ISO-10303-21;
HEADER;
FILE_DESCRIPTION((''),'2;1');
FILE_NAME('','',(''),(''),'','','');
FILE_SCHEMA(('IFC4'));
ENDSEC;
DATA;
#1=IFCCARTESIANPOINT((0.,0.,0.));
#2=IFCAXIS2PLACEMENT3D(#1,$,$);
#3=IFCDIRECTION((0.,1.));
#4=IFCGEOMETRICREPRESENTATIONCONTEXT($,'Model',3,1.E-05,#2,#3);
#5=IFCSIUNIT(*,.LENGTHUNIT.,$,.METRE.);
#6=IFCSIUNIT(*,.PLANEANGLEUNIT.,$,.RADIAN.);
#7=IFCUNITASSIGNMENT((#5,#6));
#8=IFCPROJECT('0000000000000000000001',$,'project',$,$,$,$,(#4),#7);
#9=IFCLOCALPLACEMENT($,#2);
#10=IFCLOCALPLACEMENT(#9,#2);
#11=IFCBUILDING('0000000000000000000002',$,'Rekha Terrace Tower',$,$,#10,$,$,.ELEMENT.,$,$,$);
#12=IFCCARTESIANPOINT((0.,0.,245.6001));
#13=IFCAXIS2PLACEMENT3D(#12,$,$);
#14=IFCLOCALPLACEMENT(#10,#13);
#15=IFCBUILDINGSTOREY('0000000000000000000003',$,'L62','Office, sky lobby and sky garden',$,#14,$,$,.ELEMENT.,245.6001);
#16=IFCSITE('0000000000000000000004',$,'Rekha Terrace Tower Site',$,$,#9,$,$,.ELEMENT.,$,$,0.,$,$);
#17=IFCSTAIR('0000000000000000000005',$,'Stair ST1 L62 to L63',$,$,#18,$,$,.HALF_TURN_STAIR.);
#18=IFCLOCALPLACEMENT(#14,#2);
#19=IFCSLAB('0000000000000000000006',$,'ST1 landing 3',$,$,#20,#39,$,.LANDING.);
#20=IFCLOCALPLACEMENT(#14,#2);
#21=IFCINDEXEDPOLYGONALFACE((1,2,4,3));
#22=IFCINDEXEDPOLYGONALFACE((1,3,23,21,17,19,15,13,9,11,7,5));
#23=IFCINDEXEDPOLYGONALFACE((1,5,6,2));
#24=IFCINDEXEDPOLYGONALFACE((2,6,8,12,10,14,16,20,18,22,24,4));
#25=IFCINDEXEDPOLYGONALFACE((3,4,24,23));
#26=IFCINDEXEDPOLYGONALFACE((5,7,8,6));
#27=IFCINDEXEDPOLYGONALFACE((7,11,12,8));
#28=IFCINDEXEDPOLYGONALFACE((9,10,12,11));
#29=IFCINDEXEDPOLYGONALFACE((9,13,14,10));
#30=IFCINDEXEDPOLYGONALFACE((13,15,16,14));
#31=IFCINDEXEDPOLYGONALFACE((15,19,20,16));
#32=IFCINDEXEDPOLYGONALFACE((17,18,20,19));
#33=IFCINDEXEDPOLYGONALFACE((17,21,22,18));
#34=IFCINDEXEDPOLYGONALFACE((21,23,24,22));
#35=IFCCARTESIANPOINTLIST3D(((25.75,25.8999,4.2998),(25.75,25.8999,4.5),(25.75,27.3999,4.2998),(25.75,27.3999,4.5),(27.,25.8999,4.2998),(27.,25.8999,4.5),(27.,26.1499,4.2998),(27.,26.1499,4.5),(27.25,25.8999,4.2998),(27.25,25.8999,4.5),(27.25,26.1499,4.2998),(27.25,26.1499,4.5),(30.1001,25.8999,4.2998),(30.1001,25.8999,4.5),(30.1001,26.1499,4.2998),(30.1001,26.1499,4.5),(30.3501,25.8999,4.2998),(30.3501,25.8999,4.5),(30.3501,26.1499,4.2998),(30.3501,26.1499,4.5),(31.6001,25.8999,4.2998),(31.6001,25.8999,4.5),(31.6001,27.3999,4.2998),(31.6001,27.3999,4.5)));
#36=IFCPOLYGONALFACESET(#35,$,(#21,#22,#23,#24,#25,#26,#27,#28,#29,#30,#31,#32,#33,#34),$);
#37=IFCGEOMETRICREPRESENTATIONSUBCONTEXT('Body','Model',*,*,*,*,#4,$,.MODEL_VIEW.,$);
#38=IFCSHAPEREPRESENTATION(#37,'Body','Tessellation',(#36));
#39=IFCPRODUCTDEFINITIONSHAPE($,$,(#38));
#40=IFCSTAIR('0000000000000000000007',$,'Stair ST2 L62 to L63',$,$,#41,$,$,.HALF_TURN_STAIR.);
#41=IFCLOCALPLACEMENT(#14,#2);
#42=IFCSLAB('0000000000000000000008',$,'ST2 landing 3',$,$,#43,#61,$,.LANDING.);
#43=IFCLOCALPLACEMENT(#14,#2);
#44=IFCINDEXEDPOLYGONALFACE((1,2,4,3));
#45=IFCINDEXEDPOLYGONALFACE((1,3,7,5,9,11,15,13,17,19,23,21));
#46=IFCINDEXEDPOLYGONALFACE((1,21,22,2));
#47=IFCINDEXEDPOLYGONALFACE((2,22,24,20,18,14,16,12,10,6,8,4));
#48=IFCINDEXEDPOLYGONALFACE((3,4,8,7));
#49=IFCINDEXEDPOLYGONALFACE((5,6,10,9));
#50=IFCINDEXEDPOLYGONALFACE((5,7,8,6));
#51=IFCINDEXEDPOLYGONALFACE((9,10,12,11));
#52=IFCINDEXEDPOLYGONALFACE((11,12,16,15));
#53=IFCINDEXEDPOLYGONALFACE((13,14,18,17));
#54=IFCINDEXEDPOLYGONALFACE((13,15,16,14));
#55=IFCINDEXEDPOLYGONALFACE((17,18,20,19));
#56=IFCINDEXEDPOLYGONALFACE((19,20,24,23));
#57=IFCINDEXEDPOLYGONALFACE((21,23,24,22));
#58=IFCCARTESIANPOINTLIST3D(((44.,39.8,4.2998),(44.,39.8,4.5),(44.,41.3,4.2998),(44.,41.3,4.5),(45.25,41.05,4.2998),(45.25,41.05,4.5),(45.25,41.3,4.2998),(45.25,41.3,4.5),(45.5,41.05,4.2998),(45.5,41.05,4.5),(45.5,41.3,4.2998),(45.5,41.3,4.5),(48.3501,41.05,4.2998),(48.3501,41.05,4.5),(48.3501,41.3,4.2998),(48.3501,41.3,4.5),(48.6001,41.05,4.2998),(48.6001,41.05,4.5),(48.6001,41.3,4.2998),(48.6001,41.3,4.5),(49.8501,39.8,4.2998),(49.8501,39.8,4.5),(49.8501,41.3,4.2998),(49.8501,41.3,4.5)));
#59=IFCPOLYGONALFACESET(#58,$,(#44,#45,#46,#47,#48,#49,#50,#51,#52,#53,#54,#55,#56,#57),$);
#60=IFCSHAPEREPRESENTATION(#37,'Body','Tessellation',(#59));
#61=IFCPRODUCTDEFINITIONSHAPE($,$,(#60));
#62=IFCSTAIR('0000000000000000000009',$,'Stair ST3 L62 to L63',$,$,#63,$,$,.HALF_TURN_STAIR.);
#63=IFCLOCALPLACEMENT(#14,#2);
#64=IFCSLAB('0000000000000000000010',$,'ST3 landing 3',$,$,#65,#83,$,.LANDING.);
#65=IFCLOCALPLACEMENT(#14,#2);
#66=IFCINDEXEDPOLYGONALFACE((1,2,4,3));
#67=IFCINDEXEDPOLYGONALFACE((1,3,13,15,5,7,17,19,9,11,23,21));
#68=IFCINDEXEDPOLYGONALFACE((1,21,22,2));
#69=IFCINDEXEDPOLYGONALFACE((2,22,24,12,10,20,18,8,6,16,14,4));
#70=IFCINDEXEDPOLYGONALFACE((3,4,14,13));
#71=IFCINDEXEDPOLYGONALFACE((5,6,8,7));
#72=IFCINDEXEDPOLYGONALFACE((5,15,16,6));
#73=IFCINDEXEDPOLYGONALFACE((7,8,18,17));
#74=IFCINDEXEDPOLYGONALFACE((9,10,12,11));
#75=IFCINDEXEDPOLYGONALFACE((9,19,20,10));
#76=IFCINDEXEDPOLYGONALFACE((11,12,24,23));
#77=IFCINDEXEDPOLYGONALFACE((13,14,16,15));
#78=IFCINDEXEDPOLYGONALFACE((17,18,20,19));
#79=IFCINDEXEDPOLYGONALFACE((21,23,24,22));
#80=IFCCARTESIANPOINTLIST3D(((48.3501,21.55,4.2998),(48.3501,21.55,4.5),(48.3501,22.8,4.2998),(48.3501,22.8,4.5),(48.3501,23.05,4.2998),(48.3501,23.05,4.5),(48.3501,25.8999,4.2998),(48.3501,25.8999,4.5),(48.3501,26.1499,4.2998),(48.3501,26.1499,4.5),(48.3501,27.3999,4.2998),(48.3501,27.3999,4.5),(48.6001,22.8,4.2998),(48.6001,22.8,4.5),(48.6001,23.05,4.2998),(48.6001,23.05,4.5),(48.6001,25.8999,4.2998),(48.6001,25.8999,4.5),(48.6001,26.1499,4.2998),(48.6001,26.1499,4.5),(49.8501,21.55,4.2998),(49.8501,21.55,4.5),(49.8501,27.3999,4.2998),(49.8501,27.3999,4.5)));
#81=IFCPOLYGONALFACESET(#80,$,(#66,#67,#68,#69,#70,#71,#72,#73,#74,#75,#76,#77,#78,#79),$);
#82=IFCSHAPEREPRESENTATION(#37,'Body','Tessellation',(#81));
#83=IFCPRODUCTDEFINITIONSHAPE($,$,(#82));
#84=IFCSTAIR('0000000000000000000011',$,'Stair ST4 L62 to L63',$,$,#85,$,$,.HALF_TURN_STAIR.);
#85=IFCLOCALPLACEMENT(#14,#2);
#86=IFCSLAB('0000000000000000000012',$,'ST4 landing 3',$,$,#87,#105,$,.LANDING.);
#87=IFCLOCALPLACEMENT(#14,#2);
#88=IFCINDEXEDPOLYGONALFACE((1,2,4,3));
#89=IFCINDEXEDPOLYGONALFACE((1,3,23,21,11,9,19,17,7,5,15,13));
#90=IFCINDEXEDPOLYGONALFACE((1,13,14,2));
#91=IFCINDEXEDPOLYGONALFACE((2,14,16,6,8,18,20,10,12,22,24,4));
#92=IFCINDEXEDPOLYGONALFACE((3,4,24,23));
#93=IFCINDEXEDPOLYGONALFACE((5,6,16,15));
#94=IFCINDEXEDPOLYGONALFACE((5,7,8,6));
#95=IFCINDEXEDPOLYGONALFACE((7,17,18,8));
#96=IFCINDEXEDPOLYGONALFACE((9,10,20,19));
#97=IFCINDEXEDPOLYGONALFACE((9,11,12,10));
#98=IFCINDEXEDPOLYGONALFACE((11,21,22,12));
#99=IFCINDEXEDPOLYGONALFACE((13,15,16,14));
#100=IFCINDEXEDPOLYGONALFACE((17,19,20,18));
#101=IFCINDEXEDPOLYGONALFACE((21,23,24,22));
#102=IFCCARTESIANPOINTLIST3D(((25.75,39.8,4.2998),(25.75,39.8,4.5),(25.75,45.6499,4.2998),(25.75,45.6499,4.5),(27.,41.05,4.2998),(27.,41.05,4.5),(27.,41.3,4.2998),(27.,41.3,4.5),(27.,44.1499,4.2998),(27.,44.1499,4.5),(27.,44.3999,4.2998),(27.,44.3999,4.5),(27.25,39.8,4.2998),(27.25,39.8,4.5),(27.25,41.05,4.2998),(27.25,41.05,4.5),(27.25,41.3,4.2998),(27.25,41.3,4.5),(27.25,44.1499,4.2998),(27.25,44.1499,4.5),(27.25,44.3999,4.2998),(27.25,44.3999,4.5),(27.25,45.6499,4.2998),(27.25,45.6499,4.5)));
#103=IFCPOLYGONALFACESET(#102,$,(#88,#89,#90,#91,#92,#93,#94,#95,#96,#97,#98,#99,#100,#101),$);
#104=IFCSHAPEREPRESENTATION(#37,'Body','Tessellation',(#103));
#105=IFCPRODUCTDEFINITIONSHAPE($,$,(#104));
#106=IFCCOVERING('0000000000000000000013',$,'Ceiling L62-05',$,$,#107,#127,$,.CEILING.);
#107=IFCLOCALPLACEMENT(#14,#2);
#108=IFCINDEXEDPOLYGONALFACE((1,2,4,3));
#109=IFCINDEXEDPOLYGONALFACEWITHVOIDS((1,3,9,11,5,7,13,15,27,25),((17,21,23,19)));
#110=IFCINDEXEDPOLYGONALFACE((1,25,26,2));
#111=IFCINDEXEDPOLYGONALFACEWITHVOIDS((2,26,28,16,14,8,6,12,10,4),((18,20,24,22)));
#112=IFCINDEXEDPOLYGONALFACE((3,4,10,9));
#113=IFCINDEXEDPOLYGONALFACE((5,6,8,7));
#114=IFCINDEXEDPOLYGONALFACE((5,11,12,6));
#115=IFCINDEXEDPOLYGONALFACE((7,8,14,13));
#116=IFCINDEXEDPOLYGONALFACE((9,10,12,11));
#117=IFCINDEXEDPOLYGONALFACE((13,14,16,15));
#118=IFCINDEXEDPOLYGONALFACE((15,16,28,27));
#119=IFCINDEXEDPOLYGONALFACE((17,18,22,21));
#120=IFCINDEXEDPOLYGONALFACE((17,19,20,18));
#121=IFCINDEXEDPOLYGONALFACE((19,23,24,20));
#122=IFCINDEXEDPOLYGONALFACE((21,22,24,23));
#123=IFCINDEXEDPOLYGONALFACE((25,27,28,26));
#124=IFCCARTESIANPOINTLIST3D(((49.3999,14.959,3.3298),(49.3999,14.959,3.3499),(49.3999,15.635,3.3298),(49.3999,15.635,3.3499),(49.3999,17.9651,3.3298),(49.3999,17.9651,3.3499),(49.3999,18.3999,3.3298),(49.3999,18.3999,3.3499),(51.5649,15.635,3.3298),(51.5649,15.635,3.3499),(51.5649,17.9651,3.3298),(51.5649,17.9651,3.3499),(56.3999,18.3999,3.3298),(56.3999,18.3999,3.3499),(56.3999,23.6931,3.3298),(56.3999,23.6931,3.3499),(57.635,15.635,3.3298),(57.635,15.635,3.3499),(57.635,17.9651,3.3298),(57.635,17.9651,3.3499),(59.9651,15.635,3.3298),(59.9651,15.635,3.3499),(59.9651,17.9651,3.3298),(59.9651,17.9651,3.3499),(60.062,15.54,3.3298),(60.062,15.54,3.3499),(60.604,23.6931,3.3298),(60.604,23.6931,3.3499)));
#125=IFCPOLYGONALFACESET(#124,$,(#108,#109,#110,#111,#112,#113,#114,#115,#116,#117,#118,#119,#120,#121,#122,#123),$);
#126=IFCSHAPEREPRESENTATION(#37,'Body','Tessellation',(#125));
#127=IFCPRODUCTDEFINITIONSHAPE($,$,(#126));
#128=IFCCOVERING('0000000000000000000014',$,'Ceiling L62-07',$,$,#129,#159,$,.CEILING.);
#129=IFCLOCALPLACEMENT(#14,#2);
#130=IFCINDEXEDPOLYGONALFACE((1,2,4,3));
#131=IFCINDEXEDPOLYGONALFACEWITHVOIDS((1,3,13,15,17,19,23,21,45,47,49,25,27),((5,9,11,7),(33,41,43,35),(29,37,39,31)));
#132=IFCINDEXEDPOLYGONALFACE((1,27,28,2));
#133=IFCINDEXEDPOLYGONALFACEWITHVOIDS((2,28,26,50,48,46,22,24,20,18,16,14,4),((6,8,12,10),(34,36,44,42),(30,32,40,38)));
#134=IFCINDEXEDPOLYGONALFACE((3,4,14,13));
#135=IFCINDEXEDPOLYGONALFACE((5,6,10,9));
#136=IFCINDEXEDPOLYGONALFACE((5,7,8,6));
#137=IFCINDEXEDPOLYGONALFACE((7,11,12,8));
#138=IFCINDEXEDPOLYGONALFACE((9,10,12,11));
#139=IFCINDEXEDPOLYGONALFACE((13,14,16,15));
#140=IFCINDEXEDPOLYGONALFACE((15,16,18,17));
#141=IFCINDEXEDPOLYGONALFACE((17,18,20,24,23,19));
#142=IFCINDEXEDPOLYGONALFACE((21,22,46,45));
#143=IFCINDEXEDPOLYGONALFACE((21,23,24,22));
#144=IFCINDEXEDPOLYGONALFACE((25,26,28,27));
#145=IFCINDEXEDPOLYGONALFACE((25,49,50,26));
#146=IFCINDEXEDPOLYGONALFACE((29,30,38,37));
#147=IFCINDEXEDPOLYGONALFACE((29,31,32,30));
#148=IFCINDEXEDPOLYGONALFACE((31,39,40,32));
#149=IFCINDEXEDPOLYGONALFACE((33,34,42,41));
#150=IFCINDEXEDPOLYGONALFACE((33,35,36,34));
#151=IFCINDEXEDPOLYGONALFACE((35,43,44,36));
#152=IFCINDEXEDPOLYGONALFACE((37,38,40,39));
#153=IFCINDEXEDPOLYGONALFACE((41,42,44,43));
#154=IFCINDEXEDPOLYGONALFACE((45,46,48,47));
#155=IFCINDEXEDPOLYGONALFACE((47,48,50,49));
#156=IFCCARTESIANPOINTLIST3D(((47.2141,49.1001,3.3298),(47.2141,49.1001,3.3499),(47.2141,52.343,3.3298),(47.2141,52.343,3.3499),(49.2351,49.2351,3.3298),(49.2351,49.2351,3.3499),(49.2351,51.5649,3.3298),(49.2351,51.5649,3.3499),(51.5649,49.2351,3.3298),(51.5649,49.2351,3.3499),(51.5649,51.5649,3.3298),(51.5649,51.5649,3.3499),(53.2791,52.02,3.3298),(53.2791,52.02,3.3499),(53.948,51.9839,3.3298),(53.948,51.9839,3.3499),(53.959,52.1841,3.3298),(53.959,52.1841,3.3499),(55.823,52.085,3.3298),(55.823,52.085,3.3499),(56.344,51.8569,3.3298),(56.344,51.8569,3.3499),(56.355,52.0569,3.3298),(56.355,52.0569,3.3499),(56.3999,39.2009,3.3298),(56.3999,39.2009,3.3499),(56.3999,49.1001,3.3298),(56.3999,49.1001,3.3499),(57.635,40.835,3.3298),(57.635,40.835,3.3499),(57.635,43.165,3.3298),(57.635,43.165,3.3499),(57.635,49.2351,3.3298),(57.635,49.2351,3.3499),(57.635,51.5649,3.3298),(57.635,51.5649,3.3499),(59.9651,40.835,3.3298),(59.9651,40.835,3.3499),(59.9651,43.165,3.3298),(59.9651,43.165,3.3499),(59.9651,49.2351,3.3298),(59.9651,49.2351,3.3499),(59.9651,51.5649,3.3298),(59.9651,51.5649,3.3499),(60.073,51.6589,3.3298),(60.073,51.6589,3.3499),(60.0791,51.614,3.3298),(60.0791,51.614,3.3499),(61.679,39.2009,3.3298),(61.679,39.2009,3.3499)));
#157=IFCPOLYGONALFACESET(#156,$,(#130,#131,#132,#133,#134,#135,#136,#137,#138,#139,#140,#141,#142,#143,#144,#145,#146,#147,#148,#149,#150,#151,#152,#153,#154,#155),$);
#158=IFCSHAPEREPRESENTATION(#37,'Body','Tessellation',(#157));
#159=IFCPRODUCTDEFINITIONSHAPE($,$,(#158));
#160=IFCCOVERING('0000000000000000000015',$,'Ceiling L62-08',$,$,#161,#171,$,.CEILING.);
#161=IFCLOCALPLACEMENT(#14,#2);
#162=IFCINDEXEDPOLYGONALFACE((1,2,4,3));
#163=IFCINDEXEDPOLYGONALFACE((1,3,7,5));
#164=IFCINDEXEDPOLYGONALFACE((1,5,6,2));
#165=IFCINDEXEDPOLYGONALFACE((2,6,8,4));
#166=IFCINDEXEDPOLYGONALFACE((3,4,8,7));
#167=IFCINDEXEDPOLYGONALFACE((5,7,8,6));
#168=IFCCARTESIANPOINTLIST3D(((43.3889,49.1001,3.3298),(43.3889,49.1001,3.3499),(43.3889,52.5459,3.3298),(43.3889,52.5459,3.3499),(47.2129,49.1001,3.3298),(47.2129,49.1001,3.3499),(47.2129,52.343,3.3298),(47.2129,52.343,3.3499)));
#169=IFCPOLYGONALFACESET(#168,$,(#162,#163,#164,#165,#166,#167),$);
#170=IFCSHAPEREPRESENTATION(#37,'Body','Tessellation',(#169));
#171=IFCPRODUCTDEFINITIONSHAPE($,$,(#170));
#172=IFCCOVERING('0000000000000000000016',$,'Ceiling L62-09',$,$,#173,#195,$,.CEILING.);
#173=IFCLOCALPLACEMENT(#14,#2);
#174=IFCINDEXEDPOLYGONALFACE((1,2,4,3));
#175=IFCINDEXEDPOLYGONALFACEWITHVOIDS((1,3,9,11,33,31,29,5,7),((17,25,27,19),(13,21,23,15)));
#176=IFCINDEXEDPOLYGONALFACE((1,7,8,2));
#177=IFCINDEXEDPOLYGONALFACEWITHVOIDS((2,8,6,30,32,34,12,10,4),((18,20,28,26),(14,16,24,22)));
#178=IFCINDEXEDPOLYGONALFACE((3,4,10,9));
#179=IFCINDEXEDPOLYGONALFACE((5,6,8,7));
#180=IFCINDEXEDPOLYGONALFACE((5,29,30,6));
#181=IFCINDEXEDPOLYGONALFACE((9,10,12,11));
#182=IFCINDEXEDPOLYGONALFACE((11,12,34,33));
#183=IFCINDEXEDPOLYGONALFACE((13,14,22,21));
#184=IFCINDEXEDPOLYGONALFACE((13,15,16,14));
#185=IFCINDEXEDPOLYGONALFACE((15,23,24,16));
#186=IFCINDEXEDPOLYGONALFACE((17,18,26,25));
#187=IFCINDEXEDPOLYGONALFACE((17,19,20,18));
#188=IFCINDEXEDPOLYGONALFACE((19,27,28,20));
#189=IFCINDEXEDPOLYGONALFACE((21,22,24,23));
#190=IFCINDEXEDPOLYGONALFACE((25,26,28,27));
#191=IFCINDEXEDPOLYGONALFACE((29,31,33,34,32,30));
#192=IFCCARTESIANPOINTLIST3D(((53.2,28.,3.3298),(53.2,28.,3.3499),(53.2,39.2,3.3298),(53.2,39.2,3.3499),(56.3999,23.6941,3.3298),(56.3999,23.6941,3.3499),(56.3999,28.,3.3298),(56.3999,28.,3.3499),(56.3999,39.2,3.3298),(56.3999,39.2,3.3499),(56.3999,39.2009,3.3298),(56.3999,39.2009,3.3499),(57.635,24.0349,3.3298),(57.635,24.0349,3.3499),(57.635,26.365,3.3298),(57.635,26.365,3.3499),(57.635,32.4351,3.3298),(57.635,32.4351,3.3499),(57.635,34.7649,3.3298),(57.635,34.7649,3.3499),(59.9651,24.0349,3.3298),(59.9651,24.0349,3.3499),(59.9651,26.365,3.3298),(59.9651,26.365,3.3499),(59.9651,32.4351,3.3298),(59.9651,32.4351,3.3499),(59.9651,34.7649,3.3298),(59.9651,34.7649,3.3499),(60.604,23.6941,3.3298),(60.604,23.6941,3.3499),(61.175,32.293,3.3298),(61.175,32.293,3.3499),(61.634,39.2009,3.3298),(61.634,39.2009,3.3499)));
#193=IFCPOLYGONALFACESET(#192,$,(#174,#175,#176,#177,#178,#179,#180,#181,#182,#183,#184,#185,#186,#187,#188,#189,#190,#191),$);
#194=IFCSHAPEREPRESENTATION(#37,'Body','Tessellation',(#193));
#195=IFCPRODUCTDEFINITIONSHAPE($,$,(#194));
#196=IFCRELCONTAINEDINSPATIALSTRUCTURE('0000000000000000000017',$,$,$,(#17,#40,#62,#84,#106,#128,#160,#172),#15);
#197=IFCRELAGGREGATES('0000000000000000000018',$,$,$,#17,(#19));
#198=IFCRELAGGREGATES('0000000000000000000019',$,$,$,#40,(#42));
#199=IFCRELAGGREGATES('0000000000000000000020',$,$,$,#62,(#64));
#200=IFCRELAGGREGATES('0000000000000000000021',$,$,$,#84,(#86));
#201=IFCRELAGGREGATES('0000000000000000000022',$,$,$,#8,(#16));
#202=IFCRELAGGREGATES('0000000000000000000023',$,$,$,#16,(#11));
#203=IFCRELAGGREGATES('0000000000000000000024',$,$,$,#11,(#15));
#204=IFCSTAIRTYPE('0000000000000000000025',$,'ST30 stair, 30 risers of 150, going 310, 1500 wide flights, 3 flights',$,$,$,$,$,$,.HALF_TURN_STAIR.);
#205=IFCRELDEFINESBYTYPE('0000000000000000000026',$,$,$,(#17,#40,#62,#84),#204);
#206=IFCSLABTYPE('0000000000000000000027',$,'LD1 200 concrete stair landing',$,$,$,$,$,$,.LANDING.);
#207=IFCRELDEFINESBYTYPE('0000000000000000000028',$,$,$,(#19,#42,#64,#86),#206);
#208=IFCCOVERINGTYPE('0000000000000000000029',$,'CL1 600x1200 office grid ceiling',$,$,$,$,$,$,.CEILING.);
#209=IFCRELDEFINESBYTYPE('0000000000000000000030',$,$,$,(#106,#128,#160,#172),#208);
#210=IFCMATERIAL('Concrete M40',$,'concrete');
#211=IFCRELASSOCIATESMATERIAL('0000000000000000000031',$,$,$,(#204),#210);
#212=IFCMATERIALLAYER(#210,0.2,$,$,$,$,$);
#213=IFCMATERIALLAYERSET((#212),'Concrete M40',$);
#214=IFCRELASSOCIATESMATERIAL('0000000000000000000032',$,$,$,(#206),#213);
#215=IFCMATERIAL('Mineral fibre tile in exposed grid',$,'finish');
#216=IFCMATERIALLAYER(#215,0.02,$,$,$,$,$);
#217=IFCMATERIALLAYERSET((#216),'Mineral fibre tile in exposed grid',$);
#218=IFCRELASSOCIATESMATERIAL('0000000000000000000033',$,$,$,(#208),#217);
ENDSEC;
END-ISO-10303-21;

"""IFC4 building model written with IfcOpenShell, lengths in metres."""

from ifc_helpers import new_model, si_unit, direction, frame, origin, place, context, subcontext, project, spatial, polyline, outline, extrude, material, layer, layer_set, type_object, element, aggregate, save


model = new_model("IFC4")

# Units and contexts
model_context = context("Model", 3, precision=1e-05, world=origin(), true_north=direction((0.0, 1.0)))
body_context = subcontext(model_context, "Body", "Model", "MODEL_VIEW")
ifc_project = project(units=[si_unit("LENGTHUNIT", "METRE"), si_unit("PLANEANGLEUNIT", "RADIAN")], contexts=[model_context])

# Site, building, storey
site_placement = place(None, origin())
site = spatial("IfcSite", under=ifc_project, at=site_placement, Name="Rekha Terrace Tower Site", CompositionType="ELEMENT", RefElevation=0.0)
building_placement = place(site_placement, origin())
building = spatial("IfcBuilding", under=site, at=building_placement, Name="Rekha Terrace Tower", CompositionType="ELEMENT")
storey_placement = place(building_placement, frame((0.0, 0.0, 245.6001)))
storey = spatial("IfcBuildingStorey", under=building, at=storey_placement, Name="L62", Description="Office, sky lobby and sky garden", CompositionType="ELEMENT", Elevation=245.6001)

# Stairs, slabs
ifc_material_1 = material(Name="Concrete M40", Category="concrete")
stair_type = type_object("IfcStairType", Name="ST30 stair, 30 risers of 150, going 310, 1500 wide flights, 3 flights", PredefinedType="HALF_TURN_STAIR", material=ifc_material_1)
stair_1_placement = place(storey_placement, origin())
stair_1 = element("IfcStair", 1, at=stair_1_placement, inside=storey, type_object=stair_type, Name="Stair ST1 L62 to L63", PredefinedType="HALF_TURN_STAIR")
ifc_layer_1 = layer(ifc_material_1, 0.2)
ifc_layer_set_1 = layer_set([ifc_layer_1], Name="Concrete M40")
slab_type = type_object("IfcSlabType", Name="LD1 200 concrete stair landing", PredefinedType="LANDING", material=ifc_layer_set_1)
slab_1_placement = place(storey_placement, frame((0.0, 0.0, 4.2998)))
slab_1 = element("IfcSlab", 2, at=slab_1_placement, type_object=slab_type, Name="ST1 landing 3", PredefinedType="LANDING", context=body_context, shape_type="SweptSolid", body=[
    extrude(outline(polyline([(31.6001, 25.8999), (31.6001, 27.3999), (25.75, 27.3999), (25.75, 25.8999), (27.0, 25.8999), (27.0, 26.1499), (27.25, 26.1499), (27.25, 25.8999), (30.1001, 25.8999), (30.1001, 26.1499), (30.3501, 26.1499), (30.3501, 25.8999), (31.6001, 25.8999)])), origin(), (0.0, 0.0, 1.0), 0.2002),
])
aggregate(stair_1, [slab_1])
stair_2_placement = place(storey_placement, origin())
stair_2 = element("IfcStair", 3, at=stair_2_placement, inside=storey, type_object=stair_type, Name="Stair ST2 L62 to L63", PredefinedType="HALF_TURN_STAIR")
slab_2_placement = place(storey_placement, frame((0.0, 0.0, 4.2998)))
slab_2 = element("IfcSlab", 4, at=slab_2_placement, type_object=slab_type, Name="ST2 landing 3", PredefinedType="LANDING", context=body_context, shape_type="SweptSolid", body=[
    extrude(outline(polyline([(44.0, 41.3), (44.0, 39.8), (49.8501, 39.8), (49.8501, 41.3), (48.6001, 41.3), (48.6001, 41.05), (48.3501, 41.05), (48.3501, 41.3), (45.5, 41.3), (45.5, 41.05), (45.25, 41.05), (45.25, 41.3), (44.0, 41.3)])), origin(), (0.0, 0.0, 1.0), 0.2002),
])
aggregate(stair_2, [slab_2])
stair_3_placement = place(storey_placement, origin())
stair_3 = element("IfcStair", 5, at=stair_3_placement, inside=storey, type_object=stair_type, Name="Stair ST3 L62 to L63", PredefinedType="HALF_TURN_STAIR")
slab_3_placement = place(storey_placement, frame((0.0, 0.0, 4.2998)))
slab_3 = element("IfcSlab", 6, at=slab_3_placement, type_object=slab_type, Name="ST3 landing 3", PredefinedType="LANDING", context=body_context, shape_type="SweptSolid", body=[
    extrude(outline(polyline([(48.3501, 21.55), (49.8501, 21.55), (49.8501, 27.3999), (48.3501, 27.3999), (48.3501, 26.1499), (48.6001, 26.1499), (48.6001, 25.8999), (48.3501, 25.8999), (48.3501, 23.05), (48.6001, 23.05), (48.6001, 22.8), (48.3501, 22.8), (48.3501, 21.55)])), origin(), (0.0, 0.0, 1.0), 0.2002),
])
aggregate(stair_3, [slab_3])
stair_4_placement = place(storey_placement, origin())
stair_4 = element("IfcStair", 7, at=stair_4_placement, inside=storey, type_object=stair_type, Name="Stair ST4 L62 to L63", PredefinedType="HALF_TURN_STAIR")
slab_4_placement = place(storey_placement, frame((0.0, 0.0, 4.2998)))
slab_4 = element("IfcSlab", 8, at=slab_4_placement, type_object=slab_type, Name="ST4 landing 3", PredefinedType="LANDING", context=body_context, shape_type="SweptSolid", body=[
    extrude(outline(polyline([(27.25, 39.8), (25.75, 39.8), (25.75, 45.6499), (27.25, 45.6499), (27.25, 44.3999), (27.0, 44.3999), (27.0, 44.1499), (27.25, 44.1499), (27.25, 41.3), (27.0, 41.3), (27.0, 41.05), (27.25, 41.05), (27.25, 39.8)])), origin(), (0.0, 0.0, 1.0), 0.2002),
])
aggregate(stair_4, [slab_4])

# Coverings
ifc_material_2 = material(Name="Mineral fibre tile in exposed grid", Category="finish")
ifc_layer_2 = layer(ifc_material_2, 0.02)
ifc_layer_set_2 = layer_set([ifc_layer_2], Name="Mineral fibre tile in exposed grid")
covering_type_1 = type_object("IfcCoveringType", Name="CL1 600x1200 office grid ceiling", PredefinedType="CEILING", material=ifc_layer_set_2)
covering_1_placement = place(storey_placement, frame((0.0, 0.0, 3.3298)))
element("IfcCovering", 9, at=covering_1_placement, inside=storey, type_object=covering_type_1, Name="Ceiling L62-05", PredefinedType="CEILING", context=body_context, shape_type="SweptSolid", body=[
    extrude(outline(polyline([(56.3999, 23.6931), (56.3999, 18.3999), (49.3999, 18.3999), (49.3999, 17.9651), (51.5649, 17.9651), (51.5649, 15.635), (49.3999, 15.635), (49.3999, 14.959), (60.062, 15.54), (60.604, 23.6931), (56.3999, 23.6931)]), holes=[polyline([(59.9651, 17.9651), (59.9651, 15.635), (57.635, 15.635), (57.635, 17.9651), (59.9651, 17.9651)])]), origin(), (0.0, 0.0, 1.0), 0.02),
])
covering_2_placement = place(storey_placement, frame((0.0, 0.0, 3.3298)))
element("IfcCovering", 10, at=covering_2_placement, inside=storey, type_object=covering_type_1, Name="Ceiling L62-07", PredefinedType="CEILING", context=body_context, shape_type="SweptSolid", body=[
    extrude(outline(polyline([(55.823, 52.085), (53.959, 52.1841), (53.948, 51.9839), (53.2791, 52.02), (47.2141, 52.343), (47.2141, 49.1001), (56.3999, 49.1001), (56.3999, 39.2009), (61.679, 39.2009), (60.0791, 51.614), (60.073, 51.6589), (56.344, 51.8569), (56.355, 52.0569), (55.823, 52.085)]), holes=[polyline([(59.9651, 40.835), (57.635, 40.835), (57.635, 43.165), (59.9651, 43.165), (59.9651, 40.835)]), polyline([(59.9651, 51.5649), (59.9651, 49.2351), (57.635, 49.2351), (57.635, 51.5649), (59.9651, 51.5649)]), polyline([(51.5649, 51.5649), (51.5649, 49.2351), (49.2351, 49.2351), (49.2351, 51.5649), (51.5649, 51.5649)])]), origin(), (0.0, 0.0, 1.0), 0.02),
])
covering_3_placement = place(storey_placement, frame((0.0, 0.0, 3.3298)))
element("IfcCovering", 11, at=covering_3_placement, inside=storey, type_object=covering_type_1, Name="Ceiling L62-08", PredefinedType="CEILING", context=body_context, shape_type="SweptSolid", body=[
    extrude(outline(polyline([(47.2129, 49.1001), (47.2129, 52.343), (43.3889, 52.5459), (43.3889, 49.1001), (47.2129, 49.1001)])), origin(), (0.0, 0.0, 1.0), 0.02),
])
covering_4_placement = place(storey_placement, frame((0.0, 0.0, 3.3298)))
element("IfcCovering", 12, at=covering_4_placement, inside=storey, type_object=covering_type_1, Name="Ceiling L62-09", PredefinedType="CEILING", context=body_context, shape_type="SweptSolid", body=[
    extrude(outline(polyline([(56.3999, 39.2009), (56.3999, 39.2), (53.2, 39.2), (53.2, 28.0), (56.3999, 28.0), (56.3999, 23.6941), (60.604, 23.6941), (61.175, 32.293), (61.634, 39.2009), (56.3999, 39.2009)]), holes=[polyline([(59.9651, 26.365), (59.9651, 24.0349), (57.635, 24.0349), (57.635, 26.365), (59.9651, 26.365)]), polyline([(59.9651, 34.7649), (59.9651, 32.4351), (57.635, 32.4351), (57.635, 34.7649), (59.9651, 34.7649)])]), origin(), (0.0, 0.0, 1.0), 0.02),
])

save(model, "model.ifc")
